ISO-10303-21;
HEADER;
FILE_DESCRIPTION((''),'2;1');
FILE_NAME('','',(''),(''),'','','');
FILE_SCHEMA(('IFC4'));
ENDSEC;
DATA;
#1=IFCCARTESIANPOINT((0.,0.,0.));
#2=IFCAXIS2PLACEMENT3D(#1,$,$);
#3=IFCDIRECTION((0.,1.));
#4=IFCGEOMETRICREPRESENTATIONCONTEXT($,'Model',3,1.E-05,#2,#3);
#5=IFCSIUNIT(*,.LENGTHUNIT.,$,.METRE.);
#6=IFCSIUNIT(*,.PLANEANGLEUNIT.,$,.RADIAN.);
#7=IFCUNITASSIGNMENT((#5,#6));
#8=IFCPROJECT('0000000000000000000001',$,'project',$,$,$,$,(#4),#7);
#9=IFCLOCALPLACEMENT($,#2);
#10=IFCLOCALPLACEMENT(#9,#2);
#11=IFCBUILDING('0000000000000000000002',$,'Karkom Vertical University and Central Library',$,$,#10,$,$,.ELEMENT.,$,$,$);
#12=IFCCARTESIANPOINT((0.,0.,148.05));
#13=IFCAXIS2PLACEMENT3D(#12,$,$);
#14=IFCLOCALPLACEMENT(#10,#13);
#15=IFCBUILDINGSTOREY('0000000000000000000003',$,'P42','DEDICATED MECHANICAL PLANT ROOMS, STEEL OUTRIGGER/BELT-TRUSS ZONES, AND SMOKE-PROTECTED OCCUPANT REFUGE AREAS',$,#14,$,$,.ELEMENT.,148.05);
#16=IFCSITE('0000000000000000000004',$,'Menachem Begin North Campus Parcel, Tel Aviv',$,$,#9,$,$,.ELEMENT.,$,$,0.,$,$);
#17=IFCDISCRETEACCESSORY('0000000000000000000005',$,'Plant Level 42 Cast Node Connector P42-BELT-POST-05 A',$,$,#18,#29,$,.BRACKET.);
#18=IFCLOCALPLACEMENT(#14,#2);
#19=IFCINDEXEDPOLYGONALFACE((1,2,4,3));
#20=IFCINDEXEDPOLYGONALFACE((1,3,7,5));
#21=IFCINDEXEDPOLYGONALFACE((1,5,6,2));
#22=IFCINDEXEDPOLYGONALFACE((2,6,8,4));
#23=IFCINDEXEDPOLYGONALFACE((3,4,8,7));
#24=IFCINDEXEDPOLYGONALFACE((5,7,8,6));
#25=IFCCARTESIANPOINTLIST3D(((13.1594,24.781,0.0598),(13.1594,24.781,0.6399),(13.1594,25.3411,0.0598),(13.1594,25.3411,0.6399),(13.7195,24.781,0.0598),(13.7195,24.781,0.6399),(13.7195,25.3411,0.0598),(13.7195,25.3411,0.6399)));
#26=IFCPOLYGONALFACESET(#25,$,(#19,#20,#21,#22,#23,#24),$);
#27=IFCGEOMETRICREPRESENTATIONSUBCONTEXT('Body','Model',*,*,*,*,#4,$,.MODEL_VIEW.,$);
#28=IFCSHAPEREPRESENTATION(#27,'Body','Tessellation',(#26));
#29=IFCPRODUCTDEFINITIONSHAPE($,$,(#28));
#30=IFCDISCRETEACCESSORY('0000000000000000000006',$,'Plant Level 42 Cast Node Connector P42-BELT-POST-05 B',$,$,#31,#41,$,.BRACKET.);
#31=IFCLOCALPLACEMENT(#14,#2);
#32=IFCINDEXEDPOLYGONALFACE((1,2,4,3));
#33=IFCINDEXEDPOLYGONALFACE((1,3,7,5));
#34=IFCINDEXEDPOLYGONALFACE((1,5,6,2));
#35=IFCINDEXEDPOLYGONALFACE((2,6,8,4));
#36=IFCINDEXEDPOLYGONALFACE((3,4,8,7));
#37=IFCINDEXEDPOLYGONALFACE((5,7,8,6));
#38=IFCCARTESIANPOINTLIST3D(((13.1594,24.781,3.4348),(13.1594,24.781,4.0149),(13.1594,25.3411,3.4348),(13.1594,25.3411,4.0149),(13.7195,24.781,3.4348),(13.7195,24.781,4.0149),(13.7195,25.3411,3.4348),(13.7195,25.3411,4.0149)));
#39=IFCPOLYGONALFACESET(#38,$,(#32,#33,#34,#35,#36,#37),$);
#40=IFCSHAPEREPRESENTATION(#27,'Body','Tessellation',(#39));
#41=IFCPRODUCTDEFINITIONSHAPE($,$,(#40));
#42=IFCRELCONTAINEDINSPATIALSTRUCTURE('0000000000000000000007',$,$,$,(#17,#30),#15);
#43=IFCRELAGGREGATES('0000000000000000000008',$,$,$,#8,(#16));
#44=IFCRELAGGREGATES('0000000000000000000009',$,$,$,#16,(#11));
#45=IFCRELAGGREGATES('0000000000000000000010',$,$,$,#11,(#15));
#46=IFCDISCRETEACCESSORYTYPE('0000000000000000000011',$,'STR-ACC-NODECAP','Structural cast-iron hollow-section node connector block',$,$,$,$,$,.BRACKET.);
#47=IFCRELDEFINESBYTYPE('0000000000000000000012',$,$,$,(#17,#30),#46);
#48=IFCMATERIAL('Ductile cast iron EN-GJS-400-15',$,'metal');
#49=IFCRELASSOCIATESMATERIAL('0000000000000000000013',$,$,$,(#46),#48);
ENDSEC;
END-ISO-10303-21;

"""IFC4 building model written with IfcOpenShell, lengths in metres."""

from ifc_helpers import new_model, si_unit, direction, frame, origin, origin_with_axes, origin_2d, place, context, subcontext, project, spatial, rectangle, extrude, source, transform, mapped, material, type_object, element, save


model = new_model("IFC4")

# Units and contexts
model_context = context("Model", 3, precision=1e-05, world=origin(), true_north=direction((0.0, 1.0)))
body_context = subcontext(model_context, "Body", "Model", "MODEL_VIEW")
ifc_project = project(units=[si_unit("LENGTHUNIT", "METRE"), si_unit("PLANEANGLEUNIT", "RADIAN")], contexts=[model_context])

# Site, building, storey
site_placement = place(None, origin())
site = spatial("IfcSite", under=ifc_project, at=site_placement, Name="Menachem Begin North Campus Parcel, Tel Aviv", CompositionType="ELEMENT", RefElevation=0.0)
building_placement = place(site_placement, origin())
building = spatial("IfcBuilding", under=site, at=building_placement, Name="Karkom Vertical University and Central Library", CompositionType="ELEMENT")
storey_placement = place(building_placement, frame((0.0, 0.0, 148.05)))
storey = spatial("IfcBuildingStorey", under=building, at=storey_placement, Name="P42", Description="DEDICATED MECHANICAL PLANT ROOMS, STEEL OUTRIGGER/BELT-TRUSS ZONES, AND SMOKE-PROTECTED OCCUPANT REFUGE AREAS", CompositionType="ELEMENT", Elevation=148.05)

# Discrete accessories
ifc_material_1 = material(Name="Ductile cast iron EN-GJS-400-15", Category="metal")
discrete_accessory_type = type_object("IfcDiscreteAccessoryType", Name="STR-ACC-NODECAP", Description="Structural cast-iron hollow-section node connector block", PredefinedType="BRACKET", material=ifc_material_1)
shared_shape_1 = source(origin_with_axes(), body_context, "Body", "SweptSolid", [
    extrude(rectangle(XDim=0.5601, YDim=0.5601, at=origin_2d()), origin(), (0.0, 0.0, 1.0), 0.5801),
])
for number, where, z_axis, x_axis, name in (
    (1, (13.4395, 25.061, 0.0598), (0.0, 0.0, 1.0), (1.0, 0.0, 0.0), "Plant Level 42 Cast Node Connector P42-BELT-POST-05 A"),
    (2, (13.4395, 25.061, 3.4348), (0.0, 0.0, 1.0), (1.0, 0.0, 0.0), "Plant Level 42 Cast Node Connector P42-BELT-POST-05 B"),
):
    element("IfcDiscreteAccessory", number, at=place(storey_placement, frame(where, z_axis=z_axis, x_axis=x_axis)), inside=storey, type_object=discrete_accessory_type, Name=name, PredefinedType="BRACKET", context=body_context, shape_type="MappedRepresentation", body=[
        mapped(shared_shape_1, transform((0.0, 0.0, 0.0), scale=1.0)),
    ])

save(model, "model.ifc")
